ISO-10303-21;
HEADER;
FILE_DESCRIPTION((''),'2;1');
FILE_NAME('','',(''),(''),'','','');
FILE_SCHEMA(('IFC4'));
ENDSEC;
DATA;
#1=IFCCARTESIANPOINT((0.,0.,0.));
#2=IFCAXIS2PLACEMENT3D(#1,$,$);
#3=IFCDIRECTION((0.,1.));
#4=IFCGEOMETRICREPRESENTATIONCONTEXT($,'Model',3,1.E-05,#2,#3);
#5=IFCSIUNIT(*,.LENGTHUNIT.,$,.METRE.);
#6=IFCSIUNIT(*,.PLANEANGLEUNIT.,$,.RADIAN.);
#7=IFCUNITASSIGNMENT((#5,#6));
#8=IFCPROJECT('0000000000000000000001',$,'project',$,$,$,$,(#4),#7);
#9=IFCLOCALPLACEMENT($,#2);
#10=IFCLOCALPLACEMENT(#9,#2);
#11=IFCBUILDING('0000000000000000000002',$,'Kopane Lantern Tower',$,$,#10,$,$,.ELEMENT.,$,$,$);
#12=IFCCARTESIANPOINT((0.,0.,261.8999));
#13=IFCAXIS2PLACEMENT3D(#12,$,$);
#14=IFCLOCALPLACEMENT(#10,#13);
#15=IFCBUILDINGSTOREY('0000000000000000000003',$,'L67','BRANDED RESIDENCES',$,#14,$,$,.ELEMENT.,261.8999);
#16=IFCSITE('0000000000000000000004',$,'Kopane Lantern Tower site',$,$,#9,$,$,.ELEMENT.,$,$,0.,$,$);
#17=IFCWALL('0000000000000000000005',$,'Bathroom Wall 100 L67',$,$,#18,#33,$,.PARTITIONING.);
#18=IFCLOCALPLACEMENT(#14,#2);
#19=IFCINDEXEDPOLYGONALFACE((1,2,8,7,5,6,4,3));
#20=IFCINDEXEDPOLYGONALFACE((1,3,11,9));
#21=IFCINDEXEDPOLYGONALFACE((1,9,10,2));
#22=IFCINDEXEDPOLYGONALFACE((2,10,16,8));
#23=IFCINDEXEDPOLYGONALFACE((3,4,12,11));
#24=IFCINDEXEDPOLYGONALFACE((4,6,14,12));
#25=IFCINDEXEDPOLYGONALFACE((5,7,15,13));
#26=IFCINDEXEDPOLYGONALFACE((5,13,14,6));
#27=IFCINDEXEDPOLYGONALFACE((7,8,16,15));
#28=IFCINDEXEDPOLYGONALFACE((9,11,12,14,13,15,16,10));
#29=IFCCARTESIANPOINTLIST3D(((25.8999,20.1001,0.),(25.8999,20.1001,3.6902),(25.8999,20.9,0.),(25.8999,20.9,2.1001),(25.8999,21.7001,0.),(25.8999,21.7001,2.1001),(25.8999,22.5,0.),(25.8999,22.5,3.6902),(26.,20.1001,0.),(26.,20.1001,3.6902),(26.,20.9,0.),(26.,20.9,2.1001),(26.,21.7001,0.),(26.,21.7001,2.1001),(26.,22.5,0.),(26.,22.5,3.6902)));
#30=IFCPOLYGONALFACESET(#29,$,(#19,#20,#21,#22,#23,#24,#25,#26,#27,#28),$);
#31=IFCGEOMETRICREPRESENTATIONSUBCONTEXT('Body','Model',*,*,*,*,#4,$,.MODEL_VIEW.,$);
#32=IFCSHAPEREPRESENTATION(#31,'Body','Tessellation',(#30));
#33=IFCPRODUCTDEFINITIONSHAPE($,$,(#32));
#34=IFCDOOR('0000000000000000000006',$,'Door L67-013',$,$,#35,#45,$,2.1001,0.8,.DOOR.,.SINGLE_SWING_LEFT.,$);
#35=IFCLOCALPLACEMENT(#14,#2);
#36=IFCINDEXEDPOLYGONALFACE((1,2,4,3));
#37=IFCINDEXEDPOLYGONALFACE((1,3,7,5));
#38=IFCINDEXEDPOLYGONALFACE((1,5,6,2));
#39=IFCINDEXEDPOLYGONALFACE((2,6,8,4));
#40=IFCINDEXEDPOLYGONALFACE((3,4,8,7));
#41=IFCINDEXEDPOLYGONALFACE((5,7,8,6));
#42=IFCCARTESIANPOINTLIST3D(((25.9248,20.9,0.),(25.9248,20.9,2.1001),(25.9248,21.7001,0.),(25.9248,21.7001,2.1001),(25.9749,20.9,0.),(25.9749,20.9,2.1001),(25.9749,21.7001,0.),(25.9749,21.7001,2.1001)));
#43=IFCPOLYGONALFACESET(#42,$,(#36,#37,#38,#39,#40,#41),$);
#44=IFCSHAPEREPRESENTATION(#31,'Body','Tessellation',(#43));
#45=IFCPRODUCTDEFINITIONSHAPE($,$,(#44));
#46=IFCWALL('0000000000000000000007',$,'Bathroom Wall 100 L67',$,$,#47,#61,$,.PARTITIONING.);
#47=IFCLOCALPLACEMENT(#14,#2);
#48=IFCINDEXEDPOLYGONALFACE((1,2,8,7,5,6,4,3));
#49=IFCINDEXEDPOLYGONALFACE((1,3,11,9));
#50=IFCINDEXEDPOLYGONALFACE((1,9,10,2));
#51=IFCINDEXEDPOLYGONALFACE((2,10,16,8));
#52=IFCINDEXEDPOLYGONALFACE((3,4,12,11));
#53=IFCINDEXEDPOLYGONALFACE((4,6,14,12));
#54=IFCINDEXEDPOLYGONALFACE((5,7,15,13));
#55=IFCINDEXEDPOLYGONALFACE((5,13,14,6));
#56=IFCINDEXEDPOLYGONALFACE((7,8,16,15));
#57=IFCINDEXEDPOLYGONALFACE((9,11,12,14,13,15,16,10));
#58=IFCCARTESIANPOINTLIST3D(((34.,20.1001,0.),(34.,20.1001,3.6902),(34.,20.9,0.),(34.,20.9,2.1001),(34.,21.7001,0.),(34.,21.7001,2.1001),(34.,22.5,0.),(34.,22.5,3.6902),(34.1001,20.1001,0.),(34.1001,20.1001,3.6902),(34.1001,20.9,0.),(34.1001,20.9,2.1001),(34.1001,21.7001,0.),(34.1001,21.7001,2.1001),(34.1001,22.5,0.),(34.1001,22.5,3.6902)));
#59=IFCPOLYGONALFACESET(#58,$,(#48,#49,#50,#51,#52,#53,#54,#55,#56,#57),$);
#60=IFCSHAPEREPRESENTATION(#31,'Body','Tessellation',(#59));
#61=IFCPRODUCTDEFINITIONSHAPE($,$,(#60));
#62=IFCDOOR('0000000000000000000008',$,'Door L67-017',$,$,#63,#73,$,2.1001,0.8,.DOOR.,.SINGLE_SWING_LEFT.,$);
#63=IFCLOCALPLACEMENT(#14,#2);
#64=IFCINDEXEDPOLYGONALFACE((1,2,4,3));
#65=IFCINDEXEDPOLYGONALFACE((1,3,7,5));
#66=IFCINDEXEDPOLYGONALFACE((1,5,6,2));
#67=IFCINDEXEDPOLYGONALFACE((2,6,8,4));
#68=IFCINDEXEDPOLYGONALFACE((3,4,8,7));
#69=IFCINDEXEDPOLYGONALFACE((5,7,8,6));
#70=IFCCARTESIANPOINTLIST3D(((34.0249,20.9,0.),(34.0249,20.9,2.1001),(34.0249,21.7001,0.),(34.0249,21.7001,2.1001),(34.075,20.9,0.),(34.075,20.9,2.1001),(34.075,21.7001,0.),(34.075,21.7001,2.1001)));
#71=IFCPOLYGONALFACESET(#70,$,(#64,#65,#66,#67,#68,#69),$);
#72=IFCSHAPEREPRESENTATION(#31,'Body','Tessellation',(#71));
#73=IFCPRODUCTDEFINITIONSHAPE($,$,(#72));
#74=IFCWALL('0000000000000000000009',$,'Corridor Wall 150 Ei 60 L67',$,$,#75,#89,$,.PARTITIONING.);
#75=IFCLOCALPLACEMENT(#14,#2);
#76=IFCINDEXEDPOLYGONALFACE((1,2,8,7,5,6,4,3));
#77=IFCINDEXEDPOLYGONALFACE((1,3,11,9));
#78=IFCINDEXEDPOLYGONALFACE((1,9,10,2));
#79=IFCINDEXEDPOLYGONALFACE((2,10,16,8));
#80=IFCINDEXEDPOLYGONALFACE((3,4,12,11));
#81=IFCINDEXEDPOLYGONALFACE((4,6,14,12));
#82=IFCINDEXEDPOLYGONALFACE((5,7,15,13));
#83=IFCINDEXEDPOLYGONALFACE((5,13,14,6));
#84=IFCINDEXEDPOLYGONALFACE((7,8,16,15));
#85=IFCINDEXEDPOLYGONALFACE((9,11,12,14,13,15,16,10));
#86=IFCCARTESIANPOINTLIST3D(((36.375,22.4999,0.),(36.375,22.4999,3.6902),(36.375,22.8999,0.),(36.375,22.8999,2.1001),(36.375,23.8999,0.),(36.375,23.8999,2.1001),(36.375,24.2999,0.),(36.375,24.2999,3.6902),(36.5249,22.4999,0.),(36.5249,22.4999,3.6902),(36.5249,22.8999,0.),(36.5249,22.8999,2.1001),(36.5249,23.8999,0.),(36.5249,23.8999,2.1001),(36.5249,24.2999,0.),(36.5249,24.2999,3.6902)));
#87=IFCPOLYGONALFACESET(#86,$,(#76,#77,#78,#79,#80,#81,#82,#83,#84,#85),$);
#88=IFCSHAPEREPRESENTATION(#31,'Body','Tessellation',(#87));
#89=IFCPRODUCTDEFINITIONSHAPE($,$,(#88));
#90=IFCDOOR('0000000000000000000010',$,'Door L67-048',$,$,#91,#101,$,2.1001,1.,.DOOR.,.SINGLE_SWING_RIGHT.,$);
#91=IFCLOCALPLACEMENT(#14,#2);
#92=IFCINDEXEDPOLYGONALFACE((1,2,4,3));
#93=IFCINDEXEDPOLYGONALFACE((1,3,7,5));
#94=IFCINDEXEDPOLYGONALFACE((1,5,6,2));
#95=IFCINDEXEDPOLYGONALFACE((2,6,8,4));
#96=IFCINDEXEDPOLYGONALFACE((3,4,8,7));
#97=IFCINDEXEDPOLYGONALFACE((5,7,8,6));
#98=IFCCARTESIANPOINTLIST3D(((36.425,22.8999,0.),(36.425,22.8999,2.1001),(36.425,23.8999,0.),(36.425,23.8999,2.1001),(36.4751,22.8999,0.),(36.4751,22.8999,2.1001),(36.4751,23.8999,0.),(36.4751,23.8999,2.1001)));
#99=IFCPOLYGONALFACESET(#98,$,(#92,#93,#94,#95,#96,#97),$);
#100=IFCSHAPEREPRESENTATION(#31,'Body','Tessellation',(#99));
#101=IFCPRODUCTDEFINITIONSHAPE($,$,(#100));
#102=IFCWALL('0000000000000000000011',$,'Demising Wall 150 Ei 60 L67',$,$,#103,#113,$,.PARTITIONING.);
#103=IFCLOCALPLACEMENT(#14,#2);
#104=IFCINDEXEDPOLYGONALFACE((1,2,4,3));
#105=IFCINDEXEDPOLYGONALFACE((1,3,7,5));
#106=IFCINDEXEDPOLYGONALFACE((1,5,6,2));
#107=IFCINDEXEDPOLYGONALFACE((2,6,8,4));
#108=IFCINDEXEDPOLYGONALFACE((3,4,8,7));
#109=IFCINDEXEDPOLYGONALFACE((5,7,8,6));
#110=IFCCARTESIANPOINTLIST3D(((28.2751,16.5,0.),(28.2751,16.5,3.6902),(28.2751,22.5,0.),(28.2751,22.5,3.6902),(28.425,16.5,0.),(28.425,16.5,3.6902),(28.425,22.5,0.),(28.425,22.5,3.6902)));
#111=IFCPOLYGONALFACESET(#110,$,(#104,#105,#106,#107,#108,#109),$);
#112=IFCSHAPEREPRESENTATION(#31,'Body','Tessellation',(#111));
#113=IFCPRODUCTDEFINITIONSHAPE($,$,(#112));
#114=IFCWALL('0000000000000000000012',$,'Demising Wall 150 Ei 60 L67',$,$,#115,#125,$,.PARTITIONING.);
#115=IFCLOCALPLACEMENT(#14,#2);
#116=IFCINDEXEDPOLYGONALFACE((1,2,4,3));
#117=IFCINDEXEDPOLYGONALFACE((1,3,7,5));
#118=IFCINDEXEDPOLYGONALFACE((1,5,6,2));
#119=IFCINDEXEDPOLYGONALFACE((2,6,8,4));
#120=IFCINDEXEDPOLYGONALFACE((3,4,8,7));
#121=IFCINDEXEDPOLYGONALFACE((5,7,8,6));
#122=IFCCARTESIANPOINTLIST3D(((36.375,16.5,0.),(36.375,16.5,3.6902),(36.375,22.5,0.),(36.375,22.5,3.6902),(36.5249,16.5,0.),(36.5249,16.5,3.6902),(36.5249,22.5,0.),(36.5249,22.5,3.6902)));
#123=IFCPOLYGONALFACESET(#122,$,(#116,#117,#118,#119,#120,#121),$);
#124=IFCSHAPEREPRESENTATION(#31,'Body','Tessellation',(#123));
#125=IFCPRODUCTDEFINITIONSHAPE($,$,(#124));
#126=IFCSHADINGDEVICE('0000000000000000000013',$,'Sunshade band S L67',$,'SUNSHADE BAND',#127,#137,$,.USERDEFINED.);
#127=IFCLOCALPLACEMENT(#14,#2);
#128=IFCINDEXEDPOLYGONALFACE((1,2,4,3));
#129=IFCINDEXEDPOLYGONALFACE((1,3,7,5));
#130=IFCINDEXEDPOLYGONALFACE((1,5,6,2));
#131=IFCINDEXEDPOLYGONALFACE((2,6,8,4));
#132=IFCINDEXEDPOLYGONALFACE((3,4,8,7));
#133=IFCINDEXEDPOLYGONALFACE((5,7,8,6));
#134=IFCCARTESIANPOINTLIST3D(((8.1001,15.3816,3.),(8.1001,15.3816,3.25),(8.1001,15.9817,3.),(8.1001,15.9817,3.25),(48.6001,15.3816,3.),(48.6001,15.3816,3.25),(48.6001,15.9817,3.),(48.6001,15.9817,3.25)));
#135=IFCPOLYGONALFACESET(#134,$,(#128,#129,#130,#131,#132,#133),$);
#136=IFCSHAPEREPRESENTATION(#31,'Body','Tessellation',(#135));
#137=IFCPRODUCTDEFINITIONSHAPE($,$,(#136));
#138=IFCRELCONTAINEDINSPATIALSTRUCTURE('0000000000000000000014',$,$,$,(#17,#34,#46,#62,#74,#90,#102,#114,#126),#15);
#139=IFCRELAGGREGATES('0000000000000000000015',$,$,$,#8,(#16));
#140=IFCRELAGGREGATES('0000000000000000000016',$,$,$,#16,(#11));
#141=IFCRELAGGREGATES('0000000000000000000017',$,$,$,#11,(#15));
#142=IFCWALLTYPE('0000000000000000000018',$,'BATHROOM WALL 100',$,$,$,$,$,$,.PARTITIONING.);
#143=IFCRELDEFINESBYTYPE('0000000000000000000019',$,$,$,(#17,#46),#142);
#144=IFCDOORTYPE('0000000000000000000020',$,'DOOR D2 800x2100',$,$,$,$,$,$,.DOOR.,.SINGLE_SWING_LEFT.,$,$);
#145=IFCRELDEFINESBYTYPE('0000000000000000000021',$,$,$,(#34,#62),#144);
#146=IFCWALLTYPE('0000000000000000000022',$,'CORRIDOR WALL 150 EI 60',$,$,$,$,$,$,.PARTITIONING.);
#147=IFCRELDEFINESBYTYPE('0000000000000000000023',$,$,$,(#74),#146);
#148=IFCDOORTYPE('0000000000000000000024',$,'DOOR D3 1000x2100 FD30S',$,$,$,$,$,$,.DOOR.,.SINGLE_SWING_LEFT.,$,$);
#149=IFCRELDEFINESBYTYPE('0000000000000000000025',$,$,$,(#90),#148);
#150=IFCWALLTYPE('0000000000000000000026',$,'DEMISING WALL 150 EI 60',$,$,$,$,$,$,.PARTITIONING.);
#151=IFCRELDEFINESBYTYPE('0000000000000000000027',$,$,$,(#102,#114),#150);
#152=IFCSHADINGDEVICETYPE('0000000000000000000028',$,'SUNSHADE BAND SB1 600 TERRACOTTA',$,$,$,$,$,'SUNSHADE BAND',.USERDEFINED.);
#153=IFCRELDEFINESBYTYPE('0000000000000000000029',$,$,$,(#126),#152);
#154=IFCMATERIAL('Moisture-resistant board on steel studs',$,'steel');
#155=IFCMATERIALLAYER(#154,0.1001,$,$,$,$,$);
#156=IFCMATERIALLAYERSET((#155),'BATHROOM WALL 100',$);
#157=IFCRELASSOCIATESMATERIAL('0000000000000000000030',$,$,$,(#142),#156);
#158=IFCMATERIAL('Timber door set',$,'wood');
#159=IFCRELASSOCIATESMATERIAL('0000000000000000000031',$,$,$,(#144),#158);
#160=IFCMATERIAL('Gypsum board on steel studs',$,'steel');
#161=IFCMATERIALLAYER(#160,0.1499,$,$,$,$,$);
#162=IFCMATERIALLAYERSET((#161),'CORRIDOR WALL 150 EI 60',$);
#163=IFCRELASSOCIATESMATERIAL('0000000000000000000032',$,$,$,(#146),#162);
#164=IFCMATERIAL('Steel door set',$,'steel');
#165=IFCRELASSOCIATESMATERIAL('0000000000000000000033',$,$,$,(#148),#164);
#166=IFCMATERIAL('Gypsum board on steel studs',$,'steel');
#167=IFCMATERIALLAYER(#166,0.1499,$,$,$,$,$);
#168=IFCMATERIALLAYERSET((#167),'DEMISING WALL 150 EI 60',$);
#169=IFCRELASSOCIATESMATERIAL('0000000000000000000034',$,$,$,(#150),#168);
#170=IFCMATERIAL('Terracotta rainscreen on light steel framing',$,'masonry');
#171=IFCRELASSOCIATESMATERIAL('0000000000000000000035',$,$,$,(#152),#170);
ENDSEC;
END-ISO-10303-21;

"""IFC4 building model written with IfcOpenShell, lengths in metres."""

from ifc_helpers import new_model, si_unit, direction, frame, frame_2d, origin, origin_2d, place, context, subcontext, project, spatial, rectangle, extrude, material, layer, layer_set, type_object, element, fill, save


model = new_model("IFC4")

# Units and contexts
model_context = context("Model", 3, precision=1e-05, world=origin(), true_north=direction((0.0, 1.0)))
body_context = subcontext(model_context, "Body", "Model", "MODEL_VIEW")
ifc_project = project(units=[si_unit("LENGTHUNIT", "METRE"), si_unit("PLANEANGLEUNIT", "RADIAN")], contexts=[model_context])

# Site, building, storey
site_placement = place(None, origin())
site = spatial("IfcSite", under=ifc_project, at=site_placement, Name="Kopane Lantern Tower site", CompositionType="ELEMENT", RefElevation=0.0)
building_placement = place(site_placement, origin())
building = spatial("IfcBuilding", under=site, at=building_placement, Name="Kopane Lantern Tower", CompositionType="ELEMENT")
storey_placement = place(building_placement, frame((0.0, 0.0, 261.8999)))
storey = spatial("IfcBuildingStorey", under=building, at=storey_placement, Name="L67", Description="BRANDED RESIDENCES", CompositionType="ELEMENT", Elevation=261.8999)

# Walls, openings, doors
ifc_material_1 = material(Name="Moisture-resistant board on steel studs", Category="steel")
ifc_layer_1 = layer(ifc_material_1, 0.1001)
ifc_layer_set_1 = layer_set([ifc_layer_1], Name="BATHROOM WALL 100")
wall_type_1 = type_object("IfcWallType", Name="BATHROOM WALL 100", PredefinedType="PARTITIONING", material=ifc_layer_set_1)
wall_1_placement = place(storey_placement, frame((25.95, 22.5, 0.0), z_axis=(0.0, 0.0, 1.0), x_axis=(0.0, -1.0, 0.0)))
wall_1 = element("IfcWall", 1, at=wall_1_placement, inside=storey, type_object=wall_type_1, Name="Bathroom Wall 100 L67", PredefinedType="PARTITIONING", context=body_context, shape_type="SweptSolid", body=[
    extrude(rectangle(XDim=2.3999, YDim=0.1001, at=frame_2d((1.2, 0.0))), origin(), (0.0, 0.0, 1.0), 3.6902),
])
opening_1_placement = place(wall_1_placement, frame((0.8, 0.0, 0.0)))
opening_1 = element("IfcOpeningElement", 2, at=opening_1_placement, cuts=wall_1, PredefinedType="OPENING", context=body_context, shape_type="SweptSolid", body=[
    extrude(rectangle(XDim=0.8, YDim=2.1001, at=frame_2d((0.3999, 1.05))), frame((0.0, 0.0601, 0.0), z_axis=(0.0, -1.0, 0.0), x_axis=(1.0, 0.0, 0.0)), (0.0, 0.0, 1.0), 0.1201),
])
ifc_material_2 = material(Name="Timber door set", Category="wood")
door_type_1 = type_object("IfcDoorType", Name="DOOR D2 800x2100", OperationType="SINGLE_SWING_LEFT", PredefinedType="DOOR", material=ifc_material_2)
door_1_placement = place(opening_1_placement, origin())
door_1 = element("IfcDoor", 3, at=door_1_placement, inside=storey, type_object=door_type_1, Name="Door L67-013", OperationType="SINGLE_SWING_LEFT", OverallHeight=2.1001, OverallWidth=0.8, PredefinedType="DOOR", context=body_context, shape_type="SweptSolid", body=[
    extrude(rectangle(XDim=0.8, YDim=2.1001, at=frame_2d((0.3999, 1.05))), frame((0.0, 0.0249, 0.0), z_axis=(0.0, -1.0, 0.0), x_axis=(1.0, 0.0, 0.0)), (0.0, 0.0, 1.0), 0.05),
])
fill(opening_1, door_1)
wall_2_placement = place(storey_placement, frame((34.05, 22.5, 0.0), z_axis=(0.0, 0.0, 1.0), x_axis=(0.0, -1.0, 0.0)))
wall_2 = element("IfcWall", 4, at=wall_2_placement, inside=storey, type_object=wall_type_1, Name="Bathroom Wall 100 L67", PredefinedType="PARTITIONING", context=body_context, shape_type="SweptSolid", body=[
    extrude(rectangle(XDim=2.3999, YDim=0.1001, at=frame_2d((1.2, 0.0))), origin(), (0.0, 0.0, 1.0), 3.6902),
])
opening_2_placement = place(wall_2_placement, frame((0.8, 0.0, 0.0)))
opening_2 = element("IfcOpeningElement", 5, at=opening_2_placement, cuts=wall_2, PredefinedType="OPENING", context=body_context, shape_type="SweptSolid", body=[
    extrude(rectangle(XDim=0.8, YDim=2.1001, at=frame_2d((0.3999, 1.05))), frame((0.0, 0.0601, 0.0), z_axis=(0.0, -1.0, 0.0), x_axis=(1.0, 0.0, 0.0)), (0.0, 0.0, 1.0), 0.1201),
])
door_2_placement = place(opening_2_placement, origin())
door_2 = element("IfcDoor", 6, at=door_2_placement, inside=storey, type_object=door_type_1, Name="Door L67-017", OperationType="SINGLE_SWING_LEFT", OverallHeight=2.1001, OverallWidth=0.8, PredefinedType="DOOR", context=body_context, shape_type="SweptSolid", body=[
    extrude(rectangle(XDim=0.8, YDim=2.1001, at=frame_2d((0.3999, 1.05))), frame((0.0, 0.0249, 0.0), z_axis=(0.0, -1.0, 0.0), x_axis=(1.0, 0.0, 0.0)), (0.0, 0.0, 1.0), 0.05),
])
fill(opening_2, door_2)
ifc_material_3 = material(Name="Gypsum board on steel studs", Category="steel")
ifc_layer_2 = layer(ifc_material_3, 0.1499)
ifc_layer_set_2 = layer_set([ifc_layer_2], Name="CORRIDOR WALL 150 EI 60")
wall_type_2 = type_object("IfcWallType", Name="CORRIDOR WALL 150 EI 60", PredefinedType="PARTITIONING", material=ifc_layer_set_2)
wall_3_placement = place(storey_placement, frame((36.45, 22.5, 0.0), z_axis=(0.0, 0.0, 1.0), x_axis=(0.0, 1.0, 0.0)))
wall_3 = element("IfcWall", 7, at=wall_3_placement, inside=storey, type_object=wall_type_2, Name="Corridor Wall 150 Ei 60 L67", PredefinedType="PARTITIONING", context=body_context, shape_type="SweptSolid", body=[
    extrude(rectangle(XDim=1.8, YDim=0.1499, at=frame_2d((0.8999, 0.0))), origin(), (0.0, 0.0, 1.0), 3.6902),
])
opening_3_placement = place(wall_3_placement, frame((0.3999, 0.0, 0.0)))
opening_3 = element("IfcOpeningElement", 8, at=opening_3_placement, cuts=wall_3, PredefinedType="OPENING", context=body_context, shape_type="SweptSolid", body=[
    extrude(rectangle(XDim=1.0, YDim=2.1001, at=frame_2d((0.5, 1.05))), frame((0.0, 0.085, 0.0), z_axis=(0.0, -1.0, 0.0), x_axis=(1.0, 0.0, 0.0)), (0.0, 0.0, 1.0), 0.1699),
])
ifc_material_4 = material(Name="Steel door set", Category="steel")
door_type_2 = type_object("IfcDoorType", Name="DOOR D3 1000x2100 FD30S", OperationType="SINGLE_SWING_LEFT", PredefinedType="DOOR", material=ifc_material_4)
door_3_placement = place(opening_3_placement, origin())
door_3 = element("IfcDoor", 9, at=door_3_placement, inside=storey, type_object=door_type_2, Name="Door L67-048", OperationType="SINGLE_SWING_RIGHT", OverallHeight=2.1001, OverallWidth=1.0, PredefinedType="DOOR", context=body_context, shape_type="SweptSolid", body=[
    extrude(rectangle(XDim=1.0, YDim=2.1001, at=frame_2d((0.5, 1.05))), frame((0.0, 0.0249, 0.0), z_axis=(0.0, -1.0, 0.0), x_axis=(1.0, 0.0, 0.0)), (0.0, 0.0, 1.0), 0.05),
])
fill(opening_3, door_3)

# Walls
ifc_material_5 = material(Name="Gypsum board on steel studs", Category="steel")
ifc_layer_3 = layer(ifc_material_5, 0.1499)
ifc_layer_set_3 = layer_set([ifc_layer_3], Name="DEMISING WALL 150 EI 60")
wall_type_3 = type_object("IfcWallType", Name="DEMISING WALL 150 EI 60", PredefinedType="PARTITIONING", material=ifc_layer_set_3)
for number, where, z_axis, x_axis, name in (
    (10, (28.3501, 22.5, 0.0), (0.0, 0.0, 1.0), (0.0, -1.0, 0.0), "Demising Wall 150 Ei 60 L67"),
    (11, (36.45, 16.5, 0.0), (0.0, 0.0, 1.0), (0.0, 1.0, 0.0), "Demising Wall 150 Ei 60 L67"),
):
    element("IfcWall", number, at=place(storey_placement, frame(where, z_axis=z_axis, x_axis=x_axis)), inside=storey, type_object=wall_type_3, Name=name, PredefinedType="PARTITIONING", context=body_context, shape_type="SweptSolid", body=[
        extrude(rectangle(XDim=6.0, YDim=0.1499, at=frame_2d((3.0, 0.0))), origin(), (0.0, 0.0, 1.0), 3.6902),
    ])

# Shading device
ifc_material_6 = material(Name="Terracotta rainscreen on light steel framing", Category="masonry")
shading_device_type = type_object("IfcShadingDeviceType", Name="SUNSHADE BAND SB1 600 TERRACOTTA", ElementType="SUNSHADE BAND", PredefinedType="USERDEFINED", material=ifc_material_6)
shading_device_placement = place(storey_placement, frame((28.3501, 15.6816, 3.0), z_axis=(0.0, 0.0, 1.0), x_axis=(1.0, 0.0, 0.0)))
element("IfcShadingDevice", 12, at=shading_device_placement, inside=storey, type_object=shading_device_type, Name="Sunshade band S L67", ObjectType="SUNSHADE BAND", PredefinedType="USERDEFINED", context=body_context, shape_type="SweptSolid", body=[
    extrude(rectangle(XDim=40.5, YDim=0.6001, at=origin_2d()), origin(), (0.0, 0.0, 1.0), 0.25),
])

save(model, "model.ifc")
